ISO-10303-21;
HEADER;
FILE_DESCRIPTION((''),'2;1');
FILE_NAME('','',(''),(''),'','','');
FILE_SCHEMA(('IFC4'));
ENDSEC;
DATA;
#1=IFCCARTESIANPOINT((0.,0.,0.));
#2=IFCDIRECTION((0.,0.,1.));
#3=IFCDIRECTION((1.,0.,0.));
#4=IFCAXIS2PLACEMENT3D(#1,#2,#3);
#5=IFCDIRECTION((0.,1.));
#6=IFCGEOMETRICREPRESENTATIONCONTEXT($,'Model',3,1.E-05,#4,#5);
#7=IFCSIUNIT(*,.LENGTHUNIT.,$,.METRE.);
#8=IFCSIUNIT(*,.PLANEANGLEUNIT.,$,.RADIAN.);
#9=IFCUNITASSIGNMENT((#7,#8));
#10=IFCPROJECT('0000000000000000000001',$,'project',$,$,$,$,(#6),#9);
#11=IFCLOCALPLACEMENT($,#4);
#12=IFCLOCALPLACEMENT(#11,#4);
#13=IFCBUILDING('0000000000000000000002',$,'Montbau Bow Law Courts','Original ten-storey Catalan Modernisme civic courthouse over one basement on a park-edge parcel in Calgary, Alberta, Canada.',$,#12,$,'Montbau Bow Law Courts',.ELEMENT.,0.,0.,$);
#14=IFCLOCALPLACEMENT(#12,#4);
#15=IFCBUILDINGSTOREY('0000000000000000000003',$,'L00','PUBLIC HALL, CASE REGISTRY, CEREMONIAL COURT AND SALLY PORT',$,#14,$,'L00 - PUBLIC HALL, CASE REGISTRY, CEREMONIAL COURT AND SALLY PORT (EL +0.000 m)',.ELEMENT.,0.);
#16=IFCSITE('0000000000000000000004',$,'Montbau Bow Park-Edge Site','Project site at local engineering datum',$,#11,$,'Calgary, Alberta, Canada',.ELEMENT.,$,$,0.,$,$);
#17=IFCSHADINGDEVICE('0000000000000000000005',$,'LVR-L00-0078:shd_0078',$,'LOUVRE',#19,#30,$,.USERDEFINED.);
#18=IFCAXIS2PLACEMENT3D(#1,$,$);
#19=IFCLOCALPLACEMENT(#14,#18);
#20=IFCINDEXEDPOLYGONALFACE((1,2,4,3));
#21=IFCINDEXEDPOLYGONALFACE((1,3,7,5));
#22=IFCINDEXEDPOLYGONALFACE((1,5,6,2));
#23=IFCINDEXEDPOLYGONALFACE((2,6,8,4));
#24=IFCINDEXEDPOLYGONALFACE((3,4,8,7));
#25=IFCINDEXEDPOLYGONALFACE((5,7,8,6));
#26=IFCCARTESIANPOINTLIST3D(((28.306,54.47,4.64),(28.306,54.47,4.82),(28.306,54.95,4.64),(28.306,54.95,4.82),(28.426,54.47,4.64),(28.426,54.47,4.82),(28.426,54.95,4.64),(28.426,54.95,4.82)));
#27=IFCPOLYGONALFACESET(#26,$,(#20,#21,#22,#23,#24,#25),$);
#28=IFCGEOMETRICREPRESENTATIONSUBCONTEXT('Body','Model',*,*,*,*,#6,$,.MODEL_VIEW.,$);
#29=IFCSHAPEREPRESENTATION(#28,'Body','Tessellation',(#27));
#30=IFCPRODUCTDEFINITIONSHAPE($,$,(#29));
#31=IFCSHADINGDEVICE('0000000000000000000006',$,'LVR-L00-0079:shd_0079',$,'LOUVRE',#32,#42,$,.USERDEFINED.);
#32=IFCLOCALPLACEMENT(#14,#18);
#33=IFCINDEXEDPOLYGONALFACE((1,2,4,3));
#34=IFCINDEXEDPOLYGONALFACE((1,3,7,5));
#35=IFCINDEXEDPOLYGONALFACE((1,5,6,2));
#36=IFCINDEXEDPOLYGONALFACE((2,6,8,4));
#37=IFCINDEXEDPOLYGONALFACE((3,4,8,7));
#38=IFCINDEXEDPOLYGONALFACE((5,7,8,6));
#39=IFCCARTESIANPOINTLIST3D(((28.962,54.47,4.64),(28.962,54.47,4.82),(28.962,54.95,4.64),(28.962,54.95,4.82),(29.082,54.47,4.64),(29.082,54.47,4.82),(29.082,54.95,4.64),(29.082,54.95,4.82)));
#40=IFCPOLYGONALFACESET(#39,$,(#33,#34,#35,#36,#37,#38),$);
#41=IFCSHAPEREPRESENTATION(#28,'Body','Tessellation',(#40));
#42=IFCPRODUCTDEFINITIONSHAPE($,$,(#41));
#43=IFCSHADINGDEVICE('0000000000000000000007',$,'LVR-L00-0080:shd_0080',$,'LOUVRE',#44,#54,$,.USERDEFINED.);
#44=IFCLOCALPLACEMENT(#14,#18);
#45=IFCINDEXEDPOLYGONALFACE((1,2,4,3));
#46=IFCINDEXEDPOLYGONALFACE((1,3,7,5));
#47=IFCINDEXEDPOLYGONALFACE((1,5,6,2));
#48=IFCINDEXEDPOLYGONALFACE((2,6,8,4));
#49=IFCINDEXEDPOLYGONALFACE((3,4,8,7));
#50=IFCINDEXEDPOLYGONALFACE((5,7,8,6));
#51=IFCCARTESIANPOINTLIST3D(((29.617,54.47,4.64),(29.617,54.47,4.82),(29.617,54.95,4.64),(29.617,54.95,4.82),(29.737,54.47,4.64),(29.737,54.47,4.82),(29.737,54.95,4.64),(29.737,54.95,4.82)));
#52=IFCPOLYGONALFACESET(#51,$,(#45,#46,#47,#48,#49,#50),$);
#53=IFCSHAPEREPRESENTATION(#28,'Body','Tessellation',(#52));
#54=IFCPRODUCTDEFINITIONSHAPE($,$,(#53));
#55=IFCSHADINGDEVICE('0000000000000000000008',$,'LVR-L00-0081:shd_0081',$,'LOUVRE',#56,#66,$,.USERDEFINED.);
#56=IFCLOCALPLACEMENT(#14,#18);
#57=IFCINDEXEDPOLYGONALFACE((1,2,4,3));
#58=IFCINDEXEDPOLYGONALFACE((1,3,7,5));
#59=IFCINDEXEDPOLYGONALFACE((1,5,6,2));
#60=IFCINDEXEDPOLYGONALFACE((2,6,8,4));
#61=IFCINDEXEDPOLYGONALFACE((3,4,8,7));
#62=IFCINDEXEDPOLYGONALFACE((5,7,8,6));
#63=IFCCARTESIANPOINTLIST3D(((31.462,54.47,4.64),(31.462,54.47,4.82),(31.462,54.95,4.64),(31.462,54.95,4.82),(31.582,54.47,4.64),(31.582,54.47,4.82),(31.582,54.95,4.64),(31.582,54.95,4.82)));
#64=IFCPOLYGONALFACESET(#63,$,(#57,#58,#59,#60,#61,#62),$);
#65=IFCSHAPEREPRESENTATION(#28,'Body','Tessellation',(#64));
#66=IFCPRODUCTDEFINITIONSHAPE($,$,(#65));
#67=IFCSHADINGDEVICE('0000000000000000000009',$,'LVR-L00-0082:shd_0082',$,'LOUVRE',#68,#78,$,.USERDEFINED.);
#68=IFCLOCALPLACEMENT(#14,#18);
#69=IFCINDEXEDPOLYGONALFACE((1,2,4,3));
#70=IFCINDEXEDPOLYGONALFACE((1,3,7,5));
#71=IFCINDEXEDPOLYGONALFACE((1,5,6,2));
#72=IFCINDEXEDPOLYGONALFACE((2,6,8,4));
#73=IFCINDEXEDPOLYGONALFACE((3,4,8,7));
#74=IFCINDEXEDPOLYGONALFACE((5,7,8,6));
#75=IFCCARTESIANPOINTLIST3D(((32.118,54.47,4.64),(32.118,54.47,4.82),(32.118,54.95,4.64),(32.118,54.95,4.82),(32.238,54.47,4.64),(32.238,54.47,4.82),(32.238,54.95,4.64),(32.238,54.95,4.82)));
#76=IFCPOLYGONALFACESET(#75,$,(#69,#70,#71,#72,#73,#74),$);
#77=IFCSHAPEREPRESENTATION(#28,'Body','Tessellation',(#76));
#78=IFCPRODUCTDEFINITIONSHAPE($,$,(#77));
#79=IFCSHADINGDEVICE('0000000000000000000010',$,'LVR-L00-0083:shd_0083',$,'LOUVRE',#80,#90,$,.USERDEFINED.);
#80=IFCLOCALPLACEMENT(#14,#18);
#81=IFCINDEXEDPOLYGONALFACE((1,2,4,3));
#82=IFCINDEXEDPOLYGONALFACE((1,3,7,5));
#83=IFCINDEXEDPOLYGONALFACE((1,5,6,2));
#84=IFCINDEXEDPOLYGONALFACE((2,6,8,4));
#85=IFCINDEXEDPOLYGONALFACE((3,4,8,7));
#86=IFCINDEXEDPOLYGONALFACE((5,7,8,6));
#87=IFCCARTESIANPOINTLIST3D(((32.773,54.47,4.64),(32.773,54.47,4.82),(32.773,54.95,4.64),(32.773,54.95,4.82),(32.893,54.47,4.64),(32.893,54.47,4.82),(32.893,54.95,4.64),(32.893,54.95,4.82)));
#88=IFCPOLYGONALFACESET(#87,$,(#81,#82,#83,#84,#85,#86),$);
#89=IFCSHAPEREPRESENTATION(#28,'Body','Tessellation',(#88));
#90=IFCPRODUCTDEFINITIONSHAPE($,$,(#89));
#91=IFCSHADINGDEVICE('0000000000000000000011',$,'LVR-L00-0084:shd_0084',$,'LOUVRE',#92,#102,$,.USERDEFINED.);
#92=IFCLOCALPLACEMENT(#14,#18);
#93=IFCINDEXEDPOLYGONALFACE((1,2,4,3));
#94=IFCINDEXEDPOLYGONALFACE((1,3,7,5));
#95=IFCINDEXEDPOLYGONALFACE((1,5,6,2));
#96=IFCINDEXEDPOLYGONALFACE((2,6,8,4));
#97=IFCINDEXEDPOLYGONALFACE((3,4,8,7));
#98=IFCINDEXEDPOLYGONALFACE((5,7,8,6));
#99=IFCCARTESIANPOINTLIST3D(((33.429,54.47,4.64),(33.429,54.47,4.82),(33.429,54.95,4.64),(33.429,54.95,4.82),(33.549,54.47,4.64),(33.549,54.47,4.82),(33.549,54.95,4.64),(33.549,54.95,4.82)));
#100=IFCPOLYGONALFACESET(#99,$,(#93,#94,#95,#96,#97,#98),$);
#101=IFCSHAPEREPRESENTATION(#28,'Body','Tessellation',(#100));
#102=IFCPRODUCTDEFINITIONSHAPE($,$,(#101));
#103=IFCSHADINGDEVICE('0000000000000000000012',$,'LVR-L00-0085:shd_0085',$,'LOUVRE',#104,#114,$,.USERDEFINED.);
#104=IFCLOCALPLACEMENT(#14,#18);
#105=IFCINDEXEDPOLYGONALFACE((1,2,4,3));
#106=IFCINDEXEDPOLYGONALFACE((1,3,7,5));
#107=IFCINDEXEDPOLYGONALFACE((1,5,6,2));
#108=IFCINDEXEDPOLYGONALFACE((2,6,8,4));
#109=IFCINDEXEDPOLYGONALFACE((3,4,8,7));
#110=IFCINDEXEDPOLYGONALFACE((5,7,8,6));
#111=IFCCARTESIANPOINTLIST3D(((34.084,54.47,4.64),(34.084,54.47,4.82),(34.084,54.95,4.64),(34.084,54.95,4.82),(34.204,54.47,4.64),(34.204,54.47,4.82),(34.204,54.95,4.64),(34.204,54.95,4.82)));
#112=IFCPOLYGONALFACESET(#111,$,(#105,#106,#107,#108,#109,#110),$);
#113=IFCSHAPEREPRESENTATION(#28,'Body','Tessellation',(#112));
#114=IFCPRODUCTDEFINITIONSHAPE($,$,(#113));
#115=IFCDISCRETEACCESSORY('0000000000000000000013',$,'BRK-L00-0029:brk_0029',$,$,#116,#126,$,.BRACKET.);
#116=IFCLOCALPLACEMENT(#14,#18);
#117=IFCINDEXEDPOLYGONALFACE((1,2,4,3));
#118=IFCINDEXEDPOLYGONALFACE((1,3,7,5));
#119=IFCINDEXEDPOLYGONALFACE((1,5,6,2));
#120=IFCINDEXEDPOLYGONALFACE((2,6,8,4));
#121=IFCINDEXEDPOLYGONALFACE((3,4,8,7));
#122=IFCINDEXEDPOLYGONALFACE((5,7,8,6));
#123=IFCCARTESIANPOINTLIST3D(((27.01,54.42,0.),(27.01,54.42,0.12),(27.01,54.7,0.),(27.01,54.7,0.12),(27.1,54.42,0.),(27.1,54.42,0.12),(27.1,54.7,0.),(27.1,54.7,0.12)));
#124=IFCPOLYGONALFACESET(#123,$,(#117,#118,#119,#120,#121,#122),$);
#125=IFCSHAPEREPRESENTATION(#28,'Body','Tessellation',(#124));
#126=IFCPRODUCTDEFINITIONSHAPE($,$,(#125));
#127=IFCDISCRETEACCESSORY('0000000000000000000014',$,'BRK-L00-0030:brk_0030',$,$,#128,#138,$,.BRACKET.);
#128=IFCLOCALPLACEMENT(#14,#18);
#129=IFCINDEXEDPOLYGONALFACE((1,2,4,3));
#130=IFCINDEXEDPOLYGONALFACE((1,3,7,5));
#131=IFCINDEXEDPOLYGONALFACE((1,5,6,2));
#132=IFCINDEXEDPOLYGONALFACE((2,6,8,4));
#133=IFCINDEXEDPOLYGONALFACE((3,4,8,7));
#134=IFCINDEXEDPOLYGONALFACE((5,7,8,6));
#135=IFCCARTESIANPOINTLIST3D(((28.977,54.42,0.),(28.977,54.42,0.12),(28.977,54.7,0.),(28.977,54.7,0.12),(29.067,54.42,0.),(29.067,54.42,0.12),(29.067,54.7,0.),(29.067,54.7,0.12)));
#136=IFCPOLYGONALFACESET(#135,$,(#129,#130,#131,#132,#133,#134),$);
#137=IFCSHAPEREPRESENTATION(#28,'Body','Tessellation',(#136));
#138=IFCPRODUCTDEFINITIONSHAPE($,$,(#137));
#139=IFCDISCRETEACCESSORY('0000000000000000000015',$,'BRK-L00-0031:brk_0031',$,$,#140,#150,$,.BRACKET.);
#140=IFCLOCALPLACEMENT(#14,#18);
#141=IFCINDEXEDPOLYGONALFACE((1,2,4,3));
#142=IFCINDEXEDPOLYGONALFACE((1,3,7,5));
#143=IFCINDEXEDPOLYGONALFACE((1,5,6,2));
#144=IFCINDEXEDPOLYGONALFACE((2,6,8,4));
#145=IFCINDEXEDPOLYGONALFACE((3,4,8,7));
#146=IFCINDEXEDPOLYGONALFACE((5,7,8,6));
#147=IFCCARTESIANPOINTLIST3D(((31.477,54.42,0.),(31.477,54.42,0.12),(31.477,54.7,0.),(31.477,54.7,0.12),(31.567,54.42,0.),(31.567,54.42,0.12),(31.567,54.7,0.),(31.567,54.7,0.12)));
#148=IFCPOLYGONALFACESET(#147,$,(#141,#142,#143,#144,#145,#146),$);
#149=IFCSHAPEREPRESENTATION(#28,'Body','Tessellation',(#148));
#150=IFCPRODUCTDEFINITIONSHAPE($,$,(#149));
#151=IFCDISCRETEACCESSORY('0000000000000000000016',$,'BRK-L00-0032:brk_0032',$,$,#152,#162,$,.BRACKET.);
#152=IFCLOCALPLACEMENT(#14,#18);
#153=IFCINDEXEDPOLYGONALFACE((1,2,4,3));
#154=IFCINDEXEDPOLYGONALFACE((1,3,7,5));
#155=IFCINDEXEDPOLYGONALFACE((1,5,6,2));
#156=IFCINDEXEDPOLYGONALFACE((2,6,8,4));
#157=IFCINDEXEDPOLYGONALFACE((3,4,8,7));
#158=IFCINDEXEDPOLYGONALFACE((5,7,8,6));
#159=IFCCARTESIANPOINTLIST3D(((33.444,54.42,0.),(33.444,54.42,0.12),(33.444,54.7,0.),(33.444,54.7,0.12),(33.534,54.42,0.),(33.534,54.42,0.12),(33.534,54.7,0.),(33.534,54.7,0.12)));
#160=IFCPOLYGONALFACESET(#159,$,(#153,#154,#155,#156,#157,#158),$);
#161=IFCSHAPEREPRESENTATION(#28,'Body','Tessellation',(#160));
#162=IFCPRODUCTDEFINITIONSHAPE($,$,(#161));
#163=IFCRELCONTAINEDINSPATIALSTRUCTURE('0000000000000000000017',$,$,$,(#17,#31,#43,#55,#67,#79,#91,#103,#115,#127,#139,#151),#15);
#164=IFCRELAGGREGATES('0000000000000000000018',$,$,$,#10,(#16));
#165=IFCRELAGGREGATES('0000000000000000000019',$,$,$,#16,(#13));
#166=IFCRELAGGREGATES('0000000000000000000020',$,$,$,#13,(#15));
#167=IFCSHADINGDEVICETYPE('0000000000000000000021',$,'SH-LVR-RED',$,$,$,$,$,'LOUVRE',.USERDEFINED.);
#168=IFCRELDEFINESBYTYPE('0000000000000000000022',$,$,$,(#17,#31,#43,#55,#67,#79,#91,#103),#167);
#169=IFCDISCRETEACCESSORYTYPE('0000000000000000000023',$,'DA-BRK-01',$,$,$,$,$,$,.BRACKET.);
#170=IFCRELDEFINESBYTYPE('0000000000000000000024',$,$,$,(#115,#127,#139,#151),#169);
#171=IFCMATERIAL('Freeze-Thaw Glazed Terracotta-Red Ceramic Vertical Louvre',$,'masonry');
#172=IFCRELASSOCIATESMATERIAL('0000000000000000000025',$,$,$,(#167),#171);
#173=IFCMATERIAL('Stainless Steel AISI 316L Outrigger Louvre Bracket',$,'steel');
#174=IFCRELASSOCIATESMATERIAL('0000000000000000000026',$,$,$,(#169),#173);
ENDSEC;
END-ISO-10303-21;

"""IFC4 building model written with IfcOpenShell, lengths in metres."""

from ifc_helpers import new_model, si_unit, direction, frame, origin_with_axes, origin_2d_with_axis, place, context, subcontext, project, spatial, rectangle, extrude, material, type_object, element, save


model = new_model("IFC4")

# Units and contexts
model_context = context("Model", 3, precision=1e-05, world=origin_with_axes(), true_north=direction((0.0, 1.0)))
body_context = subcontext(model_context, "Body", "Model", "MODEL_VIEW")
ifc_project = project(units=[si_unit("LENGTHUNIT", "METRE"), si_unit("PLANEANGLEUNIT", "RADIAN")], contexts=[model_context])

# Site, building, storey
site_placement = place(None, origin_with_axes())
site = spatial("IfcSite", under=ifc_project, at=site_placement, Name="Montbau Bow Park-Edge Site", Description="Project site at local engineering datum", LongName="Calgary, Alberta, Canada", CompositionType="ELEMENT", RefElevation=0.0)
building_placement = place(site_placement, origin_with_axes())
building = spatial("IfcBuilding", under=site, at=building_placement, Name="Montbau Bow Law Courts", Description="Original ten-storey Catalan Modernisme civic courthouse over one basement on a park-edge parcel in Calgary, Alberta, Canada.", LongName="Montbau Bow Law Courts", CompositionType="ELEMENT", ElevationOfRefHeight=0.0, ElevationOfTerrain=0.0)
storey_placement = place(building_placement, origin_with_axes())
storey = spatial("IfcBuildingStorey", under=building, at=storey_placement, Name="L00", Description="PUBLIC HALL, CASE REGISTRY, CEREMONIAL COURT AND SALLY PORT", LongName="L00 - PUBLIC HALL, CASE REGISTRY, CEREMONIAL COURT AND SALLY PORT (EL +0.000 m)", CompositionType="ELEMENT", Elevation=0.0)

# Shared definitions
ifc_material_1 = material(Name="Freeze-Thaw Glazed Terracotta-Red Ceramic Vertical Louvre", Category="masonry")

# Shading devices
shading_device_type = type_object("IfcShadingDeviceType", Name="SH-LVR-RED", ElementType="LOUVRE", PredefinedType="USERDEFINED", material=ifc_material_1)
for number, where, z_axis, x_axis, name in (
    (1, (28.366, 54.71, 4.64), (0.0, 0.0, 1.0), (0.0, 1.0, 0.0), "LVR-L00-0078:shd_0078"),
    (2, (29.022, 54.71, 4.64), (0.0, 0.0, 1.0), (0.0, 1.0, 0.0), "LVR-L00-0079:shd_0079"),
    (3, (29.677, 54.71, 4.64), (0.0, 0.0, 1.0), (0.0, 1.0, 0.0), "LVR-L00-0080:shd_0080"),
    (4, (31.522, 54.71, 4.64), (0.0, 0.0, 1.0), (0.0, 1.0, 0.0), "LVR-L00-0081:shd_0081"),
    (5, (32.178, 54.71, 4.64), (0.0, 0.0, 1.0), (0.0, 1.0, 0.0), "LVR-L00-0082:shd_0082"),
    (6, (32.833, 54.71, 4.64), (0.0, 0.0, 1.0), (0.0, 1.0, 0.0), "LVR-L00-0083:shd_0083"),
    (7, (33.489, 54.71, 4.64), (0.0, 0.0, 1.0), (0.0, 1.0, 0.0), "LVR-L00-0084:shd_0084"),
    (8, (34.144, 54.71, 4.64), (0.0, 0.0, 1.0), (0.0, 1.0, 0.0), "LVR-L00-0085:shd_0085"),
):
    element("IfcShadingDevice", number, at=place(None, frame(where, z_axis=z_axis, x_axis=x_axis)), inside=storey, type_object=shading_device_type, Name=name, ObjectType="LOUVRE", PredefinedType="USERDEFINED", context=body_context, shape_type="SweptSolid", body=[
        extrude(rectangle(XDim=0.48, YDim=0.12, at=origin_2d_with_axis()), origin_with_axes(), (0.0, 0.0, 1.0), 0.18),
    ])

# Discrete accessories
ifc_material_2 = material(Name="Stainless Steel AISI 316L Outrigger Louvre Bracket", Category="steel")
discrete_accessory_type = type_object("IfcDiscreteAccessoryType", Name="DA-BRK-01", PredefinedType="BRACKET", material=ifc_material_2)
for number, where, z_axis, x_axis, name in (
    (9, (27.055, 54.56, 0.0), (0.0, 0.0, 1.0), (0.0, 1.0, 0.0), "BRK-L00-0029:brk_0029"),
    (10, (29.022, 54.56, 0.0), (0.0, 0.0, 1.0), (0.0, 1.0, 0.0), "BRK-L00-0030:brk_0030"),
    (11, (31.522, 54.56, 0.0), (0.0, 0.0, 1.0), (0.0, 1.0, 0.0), "BRK-L00-0031:brk_0031"),
    (12, (33.489, 54.56, 0.0), (0.0, 0.0, 1.0), (0.0, 1.0, 0.0), "BRK-L00-0032:brk_0032"),
):
    element("IfcDiscreteAccessory", number, at=place(None, frame(where, z_axis=z_axis, x_axis=x_axis)), inside=storey, type_object=discrete_accessory_type, Name=name, PredefinedType="BRACKET", context=body_context, shape_type="SweptSolid", body=[
        extrude(rectangle(XDim=0.28, YDim=0.09, at=origin_2d_with_axis()), origin_with_axes(), (0.0, 0.0, 1.0), 0.12),
    ])

save(model, "model.ifc")
